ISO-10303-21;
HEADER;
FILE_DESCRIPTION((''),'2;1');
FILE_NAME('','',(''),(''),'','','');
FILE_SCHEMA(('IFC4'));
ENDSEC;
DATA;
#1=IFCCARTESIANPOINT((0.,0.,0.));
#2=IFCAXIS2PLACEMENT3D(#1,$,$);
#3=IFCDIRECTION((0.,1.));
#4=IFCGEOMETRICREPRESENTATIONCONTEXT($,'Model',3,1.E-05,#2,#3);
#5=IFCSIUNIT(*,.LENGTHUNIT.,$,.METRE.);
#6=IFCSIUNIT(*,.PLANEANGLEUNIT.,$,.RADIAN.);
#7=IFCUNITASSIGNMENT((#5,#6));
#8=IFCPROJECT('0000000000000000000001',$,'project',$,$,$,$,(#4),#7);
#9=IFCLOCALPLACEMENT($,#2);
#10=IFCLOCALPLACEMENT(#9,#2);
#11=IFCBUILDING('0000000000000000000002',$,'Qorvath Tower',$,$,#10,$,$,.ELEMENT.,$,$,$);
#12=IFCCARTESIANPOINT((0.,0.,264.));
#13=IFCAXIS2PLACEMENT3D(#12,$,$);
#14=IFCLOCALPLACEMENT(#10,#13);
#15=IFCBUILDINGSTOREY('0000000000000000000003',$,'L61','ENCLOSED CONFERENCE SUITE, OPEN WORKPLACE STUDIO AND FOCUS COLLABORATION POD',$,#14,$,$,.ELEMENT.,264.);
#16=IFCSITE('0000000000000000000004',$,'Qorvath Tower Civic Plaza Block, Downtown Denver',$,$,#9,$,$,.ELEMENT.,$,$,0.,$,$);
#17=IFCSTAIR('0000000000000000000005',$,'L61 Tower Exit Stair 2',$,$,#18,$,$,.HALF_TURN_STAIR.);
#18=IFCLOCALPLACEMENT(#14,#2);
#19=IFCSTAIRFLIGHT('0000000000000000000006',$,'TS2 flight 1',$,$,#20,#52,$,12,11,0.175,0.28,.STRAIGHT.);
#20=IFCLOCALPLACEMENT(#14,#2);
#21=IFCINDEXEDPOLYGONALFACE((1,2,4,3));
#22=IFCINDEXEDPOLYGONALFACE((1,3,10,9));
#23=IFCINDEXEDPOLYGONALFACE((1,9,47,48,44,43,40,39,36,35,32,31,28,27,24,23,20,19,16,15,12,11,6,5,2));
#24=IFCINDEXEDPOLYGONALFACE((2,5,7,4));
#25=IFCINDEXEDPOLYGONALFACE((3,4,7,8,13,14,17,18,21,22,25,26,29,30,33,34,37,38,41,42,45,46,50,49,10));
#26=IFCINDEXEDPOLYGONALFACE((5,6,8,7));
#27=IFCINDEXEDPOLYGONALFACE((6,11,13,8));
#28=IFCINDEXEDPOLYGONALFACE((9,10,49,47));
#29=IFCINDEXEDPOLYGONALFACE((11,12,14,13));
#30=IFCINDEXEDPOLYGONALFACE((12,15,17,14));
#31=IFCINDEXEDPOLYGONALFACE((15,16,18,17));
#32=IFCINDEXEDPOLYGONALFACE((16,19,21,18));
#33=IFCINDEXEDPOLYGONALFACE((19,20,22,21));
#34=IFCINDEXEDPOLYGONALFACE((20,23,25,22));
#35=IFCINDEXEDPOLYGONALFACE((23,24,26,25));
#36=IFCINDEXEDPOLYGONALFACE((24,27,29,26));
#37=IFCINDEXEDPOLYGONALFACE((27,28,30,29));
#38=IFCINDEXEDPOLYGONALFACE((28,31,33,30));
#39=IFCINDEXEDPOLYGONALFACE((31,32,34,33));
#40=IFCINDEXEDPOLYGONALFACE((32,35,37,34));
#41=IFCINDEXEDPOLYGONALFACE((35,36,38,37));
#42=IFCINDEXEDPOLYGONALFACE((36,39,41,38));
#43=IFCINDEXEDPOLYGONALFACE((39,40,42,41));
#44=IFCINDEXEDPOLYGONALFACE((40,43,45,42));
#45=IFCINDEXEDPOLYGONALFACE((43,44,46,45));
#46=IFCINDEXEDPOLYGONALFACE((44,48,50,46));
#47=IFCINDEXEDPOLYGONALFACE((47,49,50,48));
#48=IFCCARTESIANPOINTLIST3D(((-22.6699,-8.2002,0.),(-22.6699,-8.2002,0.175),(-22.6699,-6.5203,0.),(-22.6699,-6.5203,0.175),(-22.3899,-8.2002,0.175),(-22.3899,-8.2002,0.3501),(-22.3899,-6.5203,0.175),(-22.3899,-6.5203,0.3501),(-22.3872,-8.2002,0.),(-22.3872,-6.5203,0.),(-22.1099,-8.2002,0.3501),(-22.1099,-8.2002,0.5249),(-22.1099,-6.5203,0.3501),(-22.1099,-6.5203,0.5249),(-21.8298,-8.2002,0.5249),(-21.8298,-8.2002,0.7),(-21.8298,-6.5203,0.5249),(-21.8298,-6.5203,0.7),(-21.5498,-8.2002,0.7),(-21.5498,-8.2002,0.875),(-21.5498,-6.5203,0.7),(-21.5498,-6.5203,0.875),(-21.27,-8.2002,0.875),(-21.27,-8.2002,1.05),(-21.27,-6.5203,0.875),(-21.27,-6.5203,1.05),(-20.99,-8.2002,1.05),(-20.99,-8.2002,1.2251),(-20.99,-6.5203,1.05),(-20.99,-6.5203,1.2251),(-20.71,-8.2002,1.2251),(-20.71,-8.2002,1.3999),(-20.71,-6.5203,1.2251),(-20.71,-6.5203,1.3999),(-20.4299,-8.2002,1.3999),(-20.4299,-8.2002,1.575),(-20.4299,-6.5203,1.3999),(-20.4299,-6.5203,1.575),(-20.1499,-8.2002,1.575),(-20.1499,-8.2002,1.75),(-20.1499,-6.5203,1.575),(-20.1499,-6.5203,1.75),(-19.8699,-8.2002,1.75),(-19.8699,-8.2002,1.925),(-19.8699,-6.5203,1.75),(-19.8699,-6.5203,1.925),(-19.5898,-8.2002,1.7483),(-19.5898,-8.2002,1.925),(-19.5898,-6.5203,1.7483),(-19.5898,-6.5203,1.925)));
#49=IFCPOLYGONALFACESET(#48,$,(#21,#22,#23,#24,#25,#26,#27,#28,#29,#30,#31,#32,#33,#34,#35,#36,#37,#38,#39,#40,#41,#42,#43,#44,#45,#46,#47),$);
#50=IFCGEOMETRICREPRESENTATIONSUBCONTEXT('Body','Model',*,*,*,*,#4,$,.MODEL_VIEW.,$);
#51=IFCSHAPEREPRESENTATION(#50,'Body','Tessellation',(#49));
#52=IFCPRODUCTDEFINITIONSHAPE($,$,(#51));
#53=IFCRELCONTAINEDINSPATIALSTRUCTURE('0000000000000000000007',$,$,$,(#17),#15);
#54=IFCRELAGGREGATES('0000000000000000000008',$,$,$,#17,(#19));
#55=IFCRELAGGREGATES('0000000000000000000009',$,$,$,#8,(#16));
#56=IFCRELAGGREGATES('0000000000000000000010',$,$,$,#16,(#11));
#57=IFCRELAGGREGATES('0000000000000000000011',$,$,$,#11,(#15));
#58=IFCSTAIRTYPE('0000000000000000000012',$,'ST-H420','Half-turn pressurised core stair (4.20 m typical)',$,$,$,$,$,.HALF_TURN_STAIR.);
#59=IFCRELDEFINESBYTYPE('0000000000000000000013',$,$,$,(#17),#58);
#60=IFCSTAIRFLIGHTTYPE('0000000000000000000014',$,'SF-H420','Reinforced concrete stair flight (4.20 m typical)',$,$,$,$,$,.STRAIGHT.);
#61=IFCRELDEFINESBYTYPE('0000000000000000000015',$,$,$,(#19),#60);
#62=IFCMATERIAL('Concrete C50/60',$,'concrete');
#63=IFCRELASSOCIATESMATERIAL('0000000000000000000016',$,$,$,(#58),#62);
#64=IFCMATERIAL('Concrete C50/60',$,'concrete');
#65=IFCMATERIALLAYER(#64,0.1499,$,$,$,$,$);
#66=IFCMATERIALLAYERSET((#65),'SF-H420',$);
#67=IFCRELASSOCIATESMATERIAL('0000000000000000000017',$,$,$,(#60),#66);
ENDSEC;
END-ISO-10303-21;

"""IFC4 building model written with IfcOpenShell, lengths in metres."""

from ifc_helpers import new_model, si_unit, direction, frame, origin, place, context, subcontext, project, spatial, polyline, outline, extrude, material, layer, layer_set, type_object, element, aggregate, save


model = new_model("IFC4")

# Units and contexts
model_context = context("Model", 3, precision=1e-05, world=origin(), true_north=direction((0.0, 1.0)))
body_context = subcontext(model_context, "Body", "Model", "MODEL_VIEW")
ifc_project = project(units=[si_unit("LENGTHUNIT", "METRE"), si_unit("PLANEANGLEUNIT", "RADIAN")], contexts=[model_context])

# Site, building, storey
site_placement = place(None, origin())
site = spatial("IfcSite", under=ifc_project, at=site_placement, Name="Qorvath Tower Civic Plaza Block, Downtown Denver", CompositionType="ELEMENT", RefElevation=0.0)
building_placement = place(site_placement, origin())
building = spatial("IfcBuilding", under=site, at=building_placement, Name="Qorvath Tower", CompositionType="ELEMENT")
storey_placement = place(building_placement, frame((0.0, 0.0, 264.0)))
storey = spatial("IfcBuildingStorey", under=building, at=storey_placement, Name="L61", Description="ENCLOSED CONFERENCE SUITE, OPEN WORKPLACE STUDIO AND FOCUS COLLABORATION POD", CompositionType="ELEMENT", Elevation=264.0)

# Stair, stair flight
ifc_material_1 = material(Name="Concrete C50/60", Category="concrete")
stair_type = type_object("IfcStairType", Name="ST-H420", Description="Half-turn pressurised core stair (4.20 m typical)", PredefinedType="HALF_TURN_STAIR", material=ifc_material_1)
stair_placement = place(storey_placement, origin())
stair = element("IfcStair", 1, at=stair_placement, inside=storey, type_object=stair_type, Name="L61 Tower Exit Stair 2", PredefinedType="HALF_TURN_STAIR")
ifc_material_2 = material(Name="Concrete C50/60", Category="concrete")
ifc_layer_1 = layer(ifc_material_2, 0.1499)
ifc_layer_set_1 = layer_set([ifc_layer_1], Name="SF-H420")
stair_flight_type = type_object("IfcStairFlightType", Name="SF-H420", Description="Reinforced concrete stair flight (4.20 m typical)", PredefinedType="STRAIGHT", material=ifc_layer_set_1)
stair_flight_placement = place(storey_placement, frame((-22.6699, -7.3601, 0.0), z_axis=(0.0, 0.0, 1.0), x_axis=(1.0, 0.0, 0.0)))
stair_flight = element("IfcStairFlight", 2, at=stair_flight_placement, type_object=stair_flight_type, Name="TS2 flight 1", NumberOfRisers=12, NumberOfTreads=11, PredefinedType="STRAIGHT", RiserHeight=0.175, TreadLength=0.28, context=body_context, shape_type="SweptSolid", body=[
    extrude(outline(polyline([(0.0, 0.0), (0.0, 0.175), (0.28, 0.175), (0.28, 0.3501), (0.5601, 0.3501), (0.5601, 0.5249), (0.8401, 0.5249), (0.8401, 0.7), (1.1201, 0.7), (1.1201, 0.875), (1.3999, 0.875), (1.3999, 1.05), (1.6799, 1.05), (1.6799, 1.2251), (1.96, 1.2251), (1.96, 1.3999), (2.24, 1.3999), (2.24, 1.575), (2.52, 1.575), (2.52, 1.75), (2.8, 1.75), (2.8, 1.925), (3.0801, 1.925), (3.0801, 2.1001), (3.0801, 1.7483), (0.2827, 0.0), (0.0, 0.0)])), frame((0.0, 0.8398, 0.0), z_axis=(0.0, -1.0, 0.0), x_axis=(1.0, 0.0, 0.0)), (0.0, 0.0, 1.0), 1.6799),
])
aggregate(stair, [stair_flight])

save(model, "model.ifc")
